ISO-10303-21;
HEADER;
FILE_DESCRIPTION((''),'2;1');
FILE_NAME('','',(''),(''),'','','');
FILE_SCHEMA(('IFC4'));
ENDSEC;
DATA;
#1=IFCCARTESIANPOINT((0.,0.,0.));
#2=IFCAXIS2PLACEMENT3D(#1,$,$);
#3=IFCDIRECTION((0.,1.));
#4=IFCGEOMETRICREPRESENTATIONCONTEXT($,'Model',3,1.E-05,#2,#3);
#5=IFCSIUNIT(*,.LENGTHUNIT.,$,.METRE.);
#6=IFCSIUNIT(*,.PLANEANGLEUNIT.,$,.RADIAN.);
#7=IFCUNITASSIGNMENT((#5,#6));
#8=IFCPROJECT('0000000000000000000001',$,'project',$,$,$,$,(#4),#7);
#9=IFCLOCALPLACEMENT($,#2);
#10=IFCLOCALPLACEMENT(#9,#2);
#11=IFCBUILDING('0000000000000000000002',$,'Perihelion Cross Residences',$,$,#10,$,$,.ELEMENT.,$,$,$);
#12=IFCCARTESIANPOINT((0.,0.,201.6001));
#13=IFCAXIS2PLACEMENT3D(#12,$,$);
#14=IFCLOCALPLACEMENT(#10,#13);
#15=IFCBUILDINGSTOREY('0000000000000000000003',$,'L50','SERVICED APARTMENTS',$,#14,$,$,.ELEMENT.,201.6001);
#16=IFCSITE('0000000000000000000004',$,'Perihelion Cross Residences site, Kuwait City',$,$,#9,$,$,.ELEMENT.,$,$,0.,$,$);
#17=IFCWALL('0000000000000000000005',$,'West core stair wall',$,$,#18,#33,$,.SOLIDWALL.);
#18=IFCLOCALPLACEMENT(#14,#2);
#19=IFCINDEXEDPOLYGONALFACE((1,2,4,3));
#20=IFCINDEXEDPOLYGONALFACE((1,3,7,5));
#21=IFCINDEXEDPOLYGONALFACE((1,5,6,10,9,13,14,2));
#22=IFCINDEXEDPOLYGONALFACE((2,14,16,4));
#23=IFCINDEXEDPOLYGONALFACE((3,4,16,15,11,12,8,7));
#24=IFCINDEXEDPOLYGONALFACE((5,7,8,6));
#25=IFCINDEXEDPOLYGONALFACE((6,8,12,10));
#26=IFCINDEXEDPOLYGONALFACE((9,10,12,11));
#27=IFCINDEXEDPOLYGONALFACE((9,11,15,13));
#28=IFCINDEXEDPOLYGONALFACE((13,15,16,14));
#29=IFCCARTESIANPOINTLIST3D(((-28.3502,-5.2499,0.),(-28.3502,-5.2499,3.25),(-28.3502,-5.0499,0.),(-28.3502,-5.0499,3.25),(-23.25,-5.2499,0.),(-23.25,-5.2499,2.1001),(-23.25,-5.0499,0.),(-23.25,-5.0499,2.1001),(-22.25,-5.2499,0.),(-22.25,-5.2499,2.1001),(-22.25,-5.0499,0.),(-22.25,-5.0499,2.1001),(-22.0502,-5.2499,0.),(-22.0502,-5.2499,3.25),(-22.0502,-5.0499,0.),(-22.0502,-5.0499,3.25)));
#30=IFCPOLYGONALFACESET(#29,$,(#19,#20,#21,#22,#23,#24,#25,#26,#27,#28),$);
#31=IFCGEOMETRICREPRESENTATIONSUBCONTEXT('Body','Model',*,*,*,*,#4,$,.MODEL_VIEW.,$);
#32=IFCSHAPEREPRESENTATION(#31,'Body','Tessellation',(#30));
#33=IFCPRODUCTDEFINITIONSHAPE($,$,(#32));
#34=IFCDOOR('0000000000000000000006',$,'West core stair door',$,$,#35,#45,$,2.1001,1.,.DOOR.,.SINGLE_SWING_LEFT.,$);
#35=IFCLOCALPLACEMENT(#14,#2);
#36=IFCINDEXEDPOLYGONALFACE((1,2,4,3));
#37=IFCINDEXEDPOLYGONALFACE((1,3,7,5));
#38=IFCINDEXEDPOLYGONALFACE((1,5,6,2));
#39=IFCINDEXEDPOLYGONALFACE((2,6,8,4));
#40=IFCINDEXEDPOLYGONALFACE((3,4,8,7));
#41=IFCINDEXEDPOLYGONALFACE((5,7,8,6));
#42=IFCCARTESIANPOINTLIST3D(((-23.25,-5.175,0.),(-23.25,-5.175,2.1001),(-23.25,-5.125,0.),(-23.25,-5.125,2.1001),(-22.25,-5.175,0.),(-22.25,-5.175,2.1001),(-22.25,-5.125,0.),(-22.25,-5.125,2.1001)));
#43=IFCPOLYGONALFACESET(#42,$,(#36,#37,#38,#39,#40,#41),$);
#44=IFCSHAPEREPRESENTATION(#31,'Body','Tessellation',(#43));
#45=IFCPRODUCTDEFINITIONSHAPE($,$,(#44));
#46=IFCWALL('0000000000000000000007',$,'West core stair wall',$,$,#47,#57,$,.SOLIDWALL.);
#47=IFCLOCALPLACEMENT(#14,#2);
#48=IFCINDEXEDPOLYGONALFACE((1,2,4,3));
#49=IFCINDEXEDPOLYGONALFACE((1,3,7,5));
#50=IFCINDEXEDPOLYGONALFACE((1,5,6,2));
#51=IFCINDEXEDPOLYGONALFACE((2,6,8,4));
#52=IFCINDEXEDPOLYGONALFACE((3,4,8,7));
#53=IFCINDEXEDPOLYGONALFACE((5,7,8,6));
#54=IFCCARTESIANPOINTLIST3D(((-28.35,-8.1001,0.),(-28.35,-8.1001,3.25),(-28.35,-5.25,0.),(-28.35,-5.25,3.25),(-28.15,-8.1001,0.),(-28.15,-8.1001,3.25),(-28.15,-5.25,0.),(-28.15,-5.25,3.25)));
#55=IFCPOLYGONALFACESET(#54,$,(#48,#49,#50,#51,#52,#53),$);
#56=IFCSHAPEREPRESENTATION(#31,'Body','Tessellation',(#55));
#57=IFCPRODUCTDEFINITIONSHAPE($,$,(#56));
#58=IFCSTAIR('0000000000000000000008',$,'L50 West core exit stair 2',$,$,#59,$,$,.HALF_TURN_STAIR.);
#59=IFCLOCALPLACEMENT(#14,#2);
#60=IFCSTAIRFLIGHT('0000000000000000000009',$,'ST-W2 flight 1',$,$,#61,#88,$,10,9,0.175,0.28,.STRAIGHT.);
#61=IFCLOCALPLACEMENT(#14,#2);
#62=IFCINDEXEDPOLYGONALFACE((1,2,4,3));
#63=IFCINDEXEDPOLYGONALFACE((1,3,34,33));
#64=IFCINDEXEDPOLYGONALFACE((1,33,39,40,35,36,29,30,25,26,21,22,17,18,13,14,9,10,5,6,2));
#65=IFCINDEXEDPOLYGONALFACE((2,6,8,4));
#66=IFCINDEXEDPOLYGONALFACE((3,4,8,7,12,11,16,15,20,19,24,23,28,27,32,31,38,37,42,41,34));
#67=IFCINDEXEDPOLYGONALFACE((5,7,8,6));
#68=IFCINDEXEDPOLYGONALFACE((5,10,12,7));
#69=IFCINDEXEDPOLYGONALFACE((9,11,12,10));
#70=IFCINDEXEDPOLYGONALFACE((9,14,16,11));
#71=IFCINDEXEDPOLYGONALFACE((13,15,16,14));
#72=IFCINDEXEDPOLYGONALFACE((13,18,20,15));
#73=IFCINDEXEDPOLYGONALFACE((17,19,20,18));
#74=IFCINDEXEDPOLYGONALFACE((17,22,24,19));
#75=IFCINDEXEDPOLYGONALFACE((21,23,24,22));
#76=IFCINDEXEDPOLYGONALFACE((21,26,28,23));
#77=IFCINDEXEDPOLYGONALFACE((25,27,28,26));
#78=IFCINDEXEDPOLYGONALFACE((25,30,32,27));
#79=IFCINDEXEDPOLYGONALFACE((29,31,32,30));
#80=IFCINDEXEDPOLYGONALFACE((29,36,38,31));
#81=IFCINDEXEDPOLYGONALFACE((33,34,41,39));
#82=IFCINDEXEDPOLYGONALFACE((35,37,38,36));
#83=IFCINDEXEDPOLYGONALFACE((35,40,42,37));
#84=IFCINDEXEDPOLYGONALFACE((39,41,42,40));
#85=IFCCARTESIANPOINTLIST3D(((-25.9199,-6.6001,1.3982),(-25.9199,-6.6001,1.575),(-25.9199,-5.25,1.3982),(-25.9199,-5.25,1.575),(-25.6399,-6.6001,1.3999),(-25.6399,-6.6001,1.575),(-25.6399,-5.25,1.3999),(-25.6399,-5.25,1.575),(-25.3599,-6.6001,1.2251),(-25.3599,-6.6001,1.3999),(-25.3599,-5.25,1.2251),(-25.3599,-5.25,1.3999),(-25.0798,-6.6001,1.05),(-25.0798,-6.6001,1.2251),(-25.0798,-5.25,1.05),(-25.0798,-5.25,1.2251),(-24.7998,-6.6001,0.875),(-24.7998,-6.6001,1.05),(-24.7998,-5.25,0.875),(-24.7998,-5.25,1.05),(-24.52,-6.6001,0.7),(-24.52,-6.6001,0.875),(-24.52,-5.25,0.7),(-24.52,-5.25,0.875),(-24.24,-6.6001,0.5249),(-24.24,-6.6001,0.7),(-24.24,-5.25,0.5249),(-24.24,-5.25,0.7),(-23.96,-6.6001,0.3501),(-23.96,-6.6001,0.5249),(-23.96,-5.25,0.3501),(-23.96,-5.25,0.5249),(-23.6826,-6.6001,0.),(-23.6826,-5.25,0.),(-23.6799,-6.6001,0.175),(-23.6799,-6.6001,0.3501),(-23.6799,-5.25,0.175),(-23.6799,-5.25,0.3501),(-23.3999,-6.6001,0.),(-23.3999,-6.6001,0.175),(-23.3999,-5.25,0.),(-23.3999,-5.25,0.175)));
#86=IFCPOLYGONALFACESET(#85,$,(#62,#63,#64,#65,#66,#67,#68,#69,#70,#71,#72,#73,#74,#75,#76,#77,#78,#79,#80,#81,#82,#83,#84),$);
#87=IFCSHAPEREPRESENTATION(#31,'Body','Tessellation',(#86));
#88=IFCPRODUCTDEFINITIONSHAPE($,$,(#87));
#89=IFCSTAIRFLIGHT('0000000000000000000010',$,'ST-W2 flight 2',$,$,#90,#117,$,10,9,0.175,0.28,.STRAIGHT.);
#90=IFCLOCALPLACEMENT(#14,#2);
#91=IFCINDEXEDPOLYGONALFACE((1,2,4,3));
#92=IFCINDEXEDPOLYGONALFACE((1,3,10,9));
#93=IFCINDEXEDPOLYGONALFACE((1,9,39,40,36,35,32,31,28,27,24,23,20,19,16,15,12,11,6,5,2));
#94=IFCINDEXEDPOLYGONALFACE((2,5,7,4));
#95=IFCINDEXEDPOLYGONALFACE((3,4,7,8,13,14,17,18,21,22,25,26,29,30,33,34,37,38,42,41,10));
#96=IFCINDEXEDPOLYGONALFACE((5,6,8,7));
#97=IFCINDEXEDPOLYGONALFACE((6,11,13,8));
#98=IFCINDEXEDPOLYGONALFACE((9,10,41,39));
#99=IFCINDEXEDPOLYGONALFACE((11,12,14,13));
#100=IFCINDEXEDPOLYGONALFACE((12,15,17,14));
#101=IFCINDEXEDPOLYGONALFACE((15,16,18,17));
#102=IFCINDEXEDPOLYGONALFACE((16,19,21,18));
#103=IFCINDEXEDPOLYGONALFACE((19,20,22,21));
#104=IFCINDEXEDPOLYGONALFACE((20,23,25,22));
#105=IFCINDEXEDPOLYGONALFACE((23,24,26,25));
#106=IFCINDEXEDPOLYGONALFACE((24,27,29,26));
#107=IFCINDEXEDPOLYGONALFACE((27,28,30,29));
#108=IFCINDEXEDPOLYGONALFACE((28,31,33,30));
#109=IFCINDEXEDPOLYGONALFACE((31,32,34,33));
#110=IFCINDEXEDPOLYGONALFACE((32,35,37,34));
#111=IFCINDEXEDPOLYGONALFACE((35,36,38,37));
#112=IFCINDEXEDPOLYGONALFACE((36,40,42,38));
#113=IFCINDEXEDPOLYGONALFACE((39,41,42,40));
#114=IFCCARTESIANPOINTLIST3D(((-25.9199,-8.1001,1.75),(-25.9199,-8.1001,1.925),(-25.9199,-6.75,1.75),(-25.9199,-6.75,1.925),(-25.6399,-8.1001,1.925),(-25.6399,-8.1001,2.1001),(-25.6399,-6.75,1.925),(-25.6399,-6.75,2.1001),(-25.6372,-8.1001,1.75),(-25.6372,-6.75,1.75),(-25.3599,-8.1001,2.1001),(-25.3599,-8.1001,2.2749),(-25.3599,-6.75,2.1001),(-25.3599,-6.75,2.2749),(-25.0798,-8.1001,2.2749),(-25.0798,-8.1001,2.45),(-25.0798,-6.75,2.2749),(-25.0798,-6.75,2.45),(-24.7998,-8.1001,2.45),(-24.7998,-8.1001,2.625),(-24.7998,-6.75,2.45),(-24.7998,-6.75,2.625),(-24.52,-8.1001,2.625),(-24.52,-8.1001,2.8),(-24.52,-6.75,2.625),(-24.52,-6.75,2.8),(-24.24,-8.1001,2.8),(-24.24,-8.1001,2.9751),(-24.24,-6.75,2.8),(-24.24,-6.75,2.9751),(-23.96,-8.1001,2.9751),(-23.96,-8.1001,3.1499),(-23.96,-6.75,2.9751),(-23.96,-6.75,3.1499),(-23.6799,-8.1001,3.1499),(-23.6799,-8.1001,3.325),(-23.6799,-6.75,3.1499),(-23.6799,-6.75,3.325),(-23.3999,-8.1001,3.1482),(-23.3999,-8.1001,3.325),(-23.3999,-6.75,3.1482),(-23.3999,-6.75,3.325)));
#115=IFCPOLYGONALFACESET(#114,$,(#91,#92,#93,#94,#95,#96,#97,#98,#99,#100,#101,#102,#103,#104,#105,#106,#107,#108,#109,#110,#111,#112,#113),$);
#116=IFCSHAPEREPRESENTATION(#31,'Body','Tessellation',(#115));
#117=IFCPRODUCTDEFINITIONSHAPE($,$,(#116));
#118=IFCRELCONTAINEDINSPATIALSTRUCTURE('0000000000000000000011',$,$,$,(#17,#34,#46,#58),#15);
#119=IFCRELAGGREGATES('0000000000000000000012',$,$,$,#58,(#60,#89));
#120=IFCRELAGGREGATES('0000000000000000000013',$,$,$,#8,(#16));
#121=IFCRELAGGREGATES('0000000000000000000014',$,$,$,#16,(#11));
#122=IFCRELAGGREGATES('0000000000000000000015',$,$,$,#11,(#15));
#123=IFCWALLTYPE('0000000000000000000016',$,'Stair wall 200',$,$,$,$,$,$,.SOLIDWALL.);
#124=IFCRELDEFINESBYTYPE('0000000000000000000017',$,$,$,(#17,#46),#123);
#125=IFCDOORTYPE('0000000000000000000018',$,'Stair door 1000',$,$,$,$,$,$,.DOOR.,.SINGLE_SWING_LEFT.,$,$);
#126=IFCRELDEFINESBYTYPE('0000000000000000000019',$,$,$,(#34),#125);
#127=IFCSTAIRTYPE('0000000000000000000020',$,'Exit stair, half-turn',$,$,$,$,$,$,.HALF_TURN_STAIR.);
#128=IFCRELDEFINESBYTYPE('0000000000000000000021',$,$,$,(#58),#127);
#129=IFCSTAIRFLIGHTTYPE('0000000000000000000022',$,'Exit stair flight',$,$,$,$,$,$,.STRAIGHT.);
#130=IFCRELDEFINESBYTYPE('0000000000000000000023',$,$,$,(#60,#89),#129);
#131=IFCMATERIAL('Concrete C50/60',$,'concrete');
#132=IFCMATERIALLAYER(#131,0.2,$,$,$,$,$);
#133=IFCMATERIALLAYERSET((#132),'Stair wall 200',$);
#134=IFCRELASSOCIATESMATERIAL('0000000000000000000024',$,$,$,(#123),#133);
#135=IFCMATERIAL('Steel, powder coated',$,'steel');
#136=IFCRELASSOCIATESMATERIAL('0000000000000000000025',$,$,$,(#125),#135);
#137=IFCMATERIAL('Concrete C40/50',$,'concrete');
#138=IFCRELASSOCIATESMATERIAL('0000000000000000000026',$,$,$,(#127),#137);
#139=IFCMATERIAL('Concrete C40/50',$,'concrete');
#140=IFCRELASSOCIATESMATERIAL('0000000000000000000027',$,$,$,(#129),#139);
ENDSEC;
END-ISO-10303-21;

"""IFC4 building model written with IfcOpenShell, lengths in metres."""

from ifc_helpers import new_model, si_unit, direction, frame, frame_2d, origin, place, context, subcontext, project, spatial, polyline, rectangle, outline, extrude, material, layer, layer_set, type_object, element, fill, aggregate, save


model = new_model("IFC4")

# Units and contexts
model_context = context("Model", 3, precision=1e-05, world=origin(), true_north=direction((0.0, 1.0)))
body_context = subcontext(model_context, "Body", "Model", "MODEL_VIEW")
ifc_project = project(units=[si_unit("LENGTHUNIT", "METRE"), si_unit("PLANEANGLEUNIT", "RADIAN")], contexts=[model_context])

# Site, building, storey
site_placement = place(None, origin())
site = spatial("IfcSite", under=ifc_project, at=site_placement, Name="Perihelion Cross Residences site, Kuwait City", CompositionType="ELEMENT", RefElevation=0.0)
building_placement = place(site_placement, origin())
building = spatial("IfcBuilding", under=site, at=building_placement, Name="Perihelion Cross Residences", CompositionType="ELEMENT")
storey_placement = place(building_placement, frame((0.0, 0.0, 201.6001)))
storey = spatial("IfcBuildingStorey", under=building, at=storey_placement, Name="L50", Description="SERVICED APARTMENTS", CompositionType="ELEMENT", Elevation=201.6001)

# Wall, opening, door
ifc_material_1 = material(Name="Concrete C50/60", Category="concrete")
ifc_layer_1 = layer(ifc_material_1, 0.2)
ifc_layer_set_1 = layer_set([ifc_layer_1], Name="Stair wall 200")
wall_type_1 = type_object("IfcWallType", Name="Stair wall 200", PredefinedType="SOLIDWALL", material=ifc_layer_set_1)
wall_1_placement = place(storey_placement, frame((-28.3501, -5.1499, 0.0), z_axis=(0.0, 0.0, 1.0), x_axis=(1.0, 0.0, 0.0)))
wall_1 = element("IfcWall", 1, at=wall_1_placement, inside=storey, type_object=wall_type_1, Name="West core stair wall", PredefinedType="SOLIDWALL", context=body_context, shape_type="SweptSolid", body=[
    extrude(rectangle(XDim=6.3, YDim=0.2, at=frame_2d((3.1499, 0.0))), origin(), (0.0, 0.0, 1.0), 3.25),
])
opening_1_placement = place(wall_1_placement, frame((5.1001, 0.0, 0.0)))
opening_1 = element("IfcOpeningElement", 2, at=opening_1_placement, cuts=wall_1, PredefinedType="OPENING", context=body_context, shape_type="SweptSolid", body=[
    extrude(rectangle(XDim=1.0, YDim=2.1001, at=frame_2d((0.5, 1.05))), frame((0.0, 0.1099, 0.0), z_axis=(0.0, -1.0, 0.0), x_axis=(1.0, 0.0, 0.0)), (0.0, 0.0, 1.0), 0.22),
])
ifc_material_2 = material(Name="Steel, powder coated", Category="steel")
door_type_1 = type_object("IfcDoorType", Name="Stair door 1000", OperationType="SINGLE_SWING_LEFT", PredefinedType="DOOR", material=ifc_material_2)
door_1_placement = place(opening_1_placement, origin())
door_1 = element("IfcDoor", 3, at=door_1_placement, inside=storey, type_object=door_type_1, Name="West core stair door", OperationType="SINGLE_SWING_LEFT", OverallHeight=2.1001, OverallWidth=1.0, PredefinedType="DOOR", context=body_context, shape_type="SweptSolid", body=[
    extrude(rectangle(XDim=1.0, YDim=2.1001, at=frame_2d((0.5, 1.05))), frame((0.0, 0.0249, 0.0), z_axis=(0.0, -1.0, 0.0), x_axis=(1.0, 0.0, 0.0)), (0.0, 0.0, 1.0), 0.05),
])
fill(opening_1, door_1)

# Wall
wall_2_placement = place(storey_placement, frame((-28.25, -8.1001, 0.0), z_axis=(0.0, 0.0, 1.0), x_axis=(0.0, 1.0, 0.0)))
element("IfcWall", 4, at=wall_2_placement, inside=storey, type_object=wall_type_1, Name="West core stair wall", PredefinedType="SOLIDWALL", context=body_context, shape_type="SweptSolid", body=[
    extrude(rectangle(XDim=2.8501, YDim=0.2, at=frame_2d((1.425, 0.0))), origin(), (0.0, 0.0, 1.0), 3.25),
])

# Stair, stair flights
ifc_material_3 = material(Name="Concrete C40/50", Category="concrete")
stair_type = type_object("IfcStairType", Name="Exit stair, half-turn", PredefinedType="HALF_TURN_STAIR", material=ifc_material_3)
stair_placement = place(storey_placement, origin())
stair = element("IfcStair", 5, at=stair_placement, inside=storey, type_object=stair_type, Name="L50 West core exit stair 2", PredefinedType="HALF_TURN_STAIR")
ifc_material_4 = material(Name="Concrete C40/50", Category="concrete")
stair_flight_type = type_object("IfcStairFlightType", Name="Exit stair flight", PredefinedType="STRAIGHT", material=ifc_material_4)
stair_flight_1_placement = place(storey_placement, frame((-23.3999, -5.925, 0.0), z_axis=(0.0, 0.0, 1.0), x_axis=(-1.0, 0.0, 0.0)))
stair_flight_1 = element("IfcStairFlight", 6, at=stair_flight_1_placement, type_object=stair_flight_type, Name="ST-W2 flight 1", NumberOfRisers=10, NumberOfTreads=9, PredefinedType="STRAIGHT", RiserHeight=0.175, TreadLength=0.28, context=body_context, shape_type="SweptSolid", body=[
    extrude(outline(polyline([(0.0, 0.0), (0.0, 0.175), (0.28, 0.175), (0.28, 0.3501), (0.5601, 0.3501), (0.5601, 0.5249), (0.8401, 0.5249), (0.8401, 0.7), (1.1201, 0.7), (1.1201, 0.875), (1.3999, 0.875), (1.3999, 1.05), (1.6799, 1.05), (1.6799, 1.2251), (1.96, 1.2251), (1.96, 1.3999), (2.24, 1.3999), (2.24, 1.575), (2.52, 1.575), (2.52, 1.75), (2.52, 1.3982), (0.2827, 0.0), (0.0, 0.0)])), frame((0.0, 0.675, 0.0), z_axis=(0.0, -1.0, 0.0), x_axis=(1.0, 0.0, 0.0)), (0.0, 0.0, 1.0), 1.3501),
])
stair_flight_2_placement = place(storey_placement, frame((-25.9199, -7.425, 1.75), z_axis=(0.0, 0.0, 1.0), x_axis=(1.0, 0.0, 0.0)))
stair_flight_2 = element("IfcStairFlight", 7, at=stair_flight_2_placement, type_object=stair_flight_type, Name="ST-W2 flight 2", NumberOfRisers=10, NumberOfTreads=9, PredefinedType="STRAIGHT", RiserHeight=0.175, TreadLength=0.28, context=body_context, shape_type="SweptSolid", body=[
    extrude(outline(polyline([(0.0, 0.0), (0.0, 0.175), (0.28, 0.175), (0.28, 0.3501), (0.5601, 0.3501), (0.5601, 0.5249), (0.8401, 0.5249), (0.8401, 0.7), (1.1201, 0.7), (1.1201, 0.875), (1.3999, 0.875), (1.3999, 1.05), (1.6799, 1.05), (1.6799, 1.2251), (1.96, 1.2251), (1.96, 1.3999), (2.24, 1.3999), (2.24, 1.575), (2.52, 1.575), (2.52, 1.75), (2.52, 1.3982), (0.2827, 0.0), (0.0, 0.0)])), frame((0.0, 0.675, 0.0), z_axis=(0.0, -1.0, 0.0), x_axis=(1.0, 0.0, 0.0)), (0.0, 0.0, 1.0), 1.3501),
])
aggregate(stair, [stair_flight_1, stair_flight_2])

save(model, "model.ifc")
